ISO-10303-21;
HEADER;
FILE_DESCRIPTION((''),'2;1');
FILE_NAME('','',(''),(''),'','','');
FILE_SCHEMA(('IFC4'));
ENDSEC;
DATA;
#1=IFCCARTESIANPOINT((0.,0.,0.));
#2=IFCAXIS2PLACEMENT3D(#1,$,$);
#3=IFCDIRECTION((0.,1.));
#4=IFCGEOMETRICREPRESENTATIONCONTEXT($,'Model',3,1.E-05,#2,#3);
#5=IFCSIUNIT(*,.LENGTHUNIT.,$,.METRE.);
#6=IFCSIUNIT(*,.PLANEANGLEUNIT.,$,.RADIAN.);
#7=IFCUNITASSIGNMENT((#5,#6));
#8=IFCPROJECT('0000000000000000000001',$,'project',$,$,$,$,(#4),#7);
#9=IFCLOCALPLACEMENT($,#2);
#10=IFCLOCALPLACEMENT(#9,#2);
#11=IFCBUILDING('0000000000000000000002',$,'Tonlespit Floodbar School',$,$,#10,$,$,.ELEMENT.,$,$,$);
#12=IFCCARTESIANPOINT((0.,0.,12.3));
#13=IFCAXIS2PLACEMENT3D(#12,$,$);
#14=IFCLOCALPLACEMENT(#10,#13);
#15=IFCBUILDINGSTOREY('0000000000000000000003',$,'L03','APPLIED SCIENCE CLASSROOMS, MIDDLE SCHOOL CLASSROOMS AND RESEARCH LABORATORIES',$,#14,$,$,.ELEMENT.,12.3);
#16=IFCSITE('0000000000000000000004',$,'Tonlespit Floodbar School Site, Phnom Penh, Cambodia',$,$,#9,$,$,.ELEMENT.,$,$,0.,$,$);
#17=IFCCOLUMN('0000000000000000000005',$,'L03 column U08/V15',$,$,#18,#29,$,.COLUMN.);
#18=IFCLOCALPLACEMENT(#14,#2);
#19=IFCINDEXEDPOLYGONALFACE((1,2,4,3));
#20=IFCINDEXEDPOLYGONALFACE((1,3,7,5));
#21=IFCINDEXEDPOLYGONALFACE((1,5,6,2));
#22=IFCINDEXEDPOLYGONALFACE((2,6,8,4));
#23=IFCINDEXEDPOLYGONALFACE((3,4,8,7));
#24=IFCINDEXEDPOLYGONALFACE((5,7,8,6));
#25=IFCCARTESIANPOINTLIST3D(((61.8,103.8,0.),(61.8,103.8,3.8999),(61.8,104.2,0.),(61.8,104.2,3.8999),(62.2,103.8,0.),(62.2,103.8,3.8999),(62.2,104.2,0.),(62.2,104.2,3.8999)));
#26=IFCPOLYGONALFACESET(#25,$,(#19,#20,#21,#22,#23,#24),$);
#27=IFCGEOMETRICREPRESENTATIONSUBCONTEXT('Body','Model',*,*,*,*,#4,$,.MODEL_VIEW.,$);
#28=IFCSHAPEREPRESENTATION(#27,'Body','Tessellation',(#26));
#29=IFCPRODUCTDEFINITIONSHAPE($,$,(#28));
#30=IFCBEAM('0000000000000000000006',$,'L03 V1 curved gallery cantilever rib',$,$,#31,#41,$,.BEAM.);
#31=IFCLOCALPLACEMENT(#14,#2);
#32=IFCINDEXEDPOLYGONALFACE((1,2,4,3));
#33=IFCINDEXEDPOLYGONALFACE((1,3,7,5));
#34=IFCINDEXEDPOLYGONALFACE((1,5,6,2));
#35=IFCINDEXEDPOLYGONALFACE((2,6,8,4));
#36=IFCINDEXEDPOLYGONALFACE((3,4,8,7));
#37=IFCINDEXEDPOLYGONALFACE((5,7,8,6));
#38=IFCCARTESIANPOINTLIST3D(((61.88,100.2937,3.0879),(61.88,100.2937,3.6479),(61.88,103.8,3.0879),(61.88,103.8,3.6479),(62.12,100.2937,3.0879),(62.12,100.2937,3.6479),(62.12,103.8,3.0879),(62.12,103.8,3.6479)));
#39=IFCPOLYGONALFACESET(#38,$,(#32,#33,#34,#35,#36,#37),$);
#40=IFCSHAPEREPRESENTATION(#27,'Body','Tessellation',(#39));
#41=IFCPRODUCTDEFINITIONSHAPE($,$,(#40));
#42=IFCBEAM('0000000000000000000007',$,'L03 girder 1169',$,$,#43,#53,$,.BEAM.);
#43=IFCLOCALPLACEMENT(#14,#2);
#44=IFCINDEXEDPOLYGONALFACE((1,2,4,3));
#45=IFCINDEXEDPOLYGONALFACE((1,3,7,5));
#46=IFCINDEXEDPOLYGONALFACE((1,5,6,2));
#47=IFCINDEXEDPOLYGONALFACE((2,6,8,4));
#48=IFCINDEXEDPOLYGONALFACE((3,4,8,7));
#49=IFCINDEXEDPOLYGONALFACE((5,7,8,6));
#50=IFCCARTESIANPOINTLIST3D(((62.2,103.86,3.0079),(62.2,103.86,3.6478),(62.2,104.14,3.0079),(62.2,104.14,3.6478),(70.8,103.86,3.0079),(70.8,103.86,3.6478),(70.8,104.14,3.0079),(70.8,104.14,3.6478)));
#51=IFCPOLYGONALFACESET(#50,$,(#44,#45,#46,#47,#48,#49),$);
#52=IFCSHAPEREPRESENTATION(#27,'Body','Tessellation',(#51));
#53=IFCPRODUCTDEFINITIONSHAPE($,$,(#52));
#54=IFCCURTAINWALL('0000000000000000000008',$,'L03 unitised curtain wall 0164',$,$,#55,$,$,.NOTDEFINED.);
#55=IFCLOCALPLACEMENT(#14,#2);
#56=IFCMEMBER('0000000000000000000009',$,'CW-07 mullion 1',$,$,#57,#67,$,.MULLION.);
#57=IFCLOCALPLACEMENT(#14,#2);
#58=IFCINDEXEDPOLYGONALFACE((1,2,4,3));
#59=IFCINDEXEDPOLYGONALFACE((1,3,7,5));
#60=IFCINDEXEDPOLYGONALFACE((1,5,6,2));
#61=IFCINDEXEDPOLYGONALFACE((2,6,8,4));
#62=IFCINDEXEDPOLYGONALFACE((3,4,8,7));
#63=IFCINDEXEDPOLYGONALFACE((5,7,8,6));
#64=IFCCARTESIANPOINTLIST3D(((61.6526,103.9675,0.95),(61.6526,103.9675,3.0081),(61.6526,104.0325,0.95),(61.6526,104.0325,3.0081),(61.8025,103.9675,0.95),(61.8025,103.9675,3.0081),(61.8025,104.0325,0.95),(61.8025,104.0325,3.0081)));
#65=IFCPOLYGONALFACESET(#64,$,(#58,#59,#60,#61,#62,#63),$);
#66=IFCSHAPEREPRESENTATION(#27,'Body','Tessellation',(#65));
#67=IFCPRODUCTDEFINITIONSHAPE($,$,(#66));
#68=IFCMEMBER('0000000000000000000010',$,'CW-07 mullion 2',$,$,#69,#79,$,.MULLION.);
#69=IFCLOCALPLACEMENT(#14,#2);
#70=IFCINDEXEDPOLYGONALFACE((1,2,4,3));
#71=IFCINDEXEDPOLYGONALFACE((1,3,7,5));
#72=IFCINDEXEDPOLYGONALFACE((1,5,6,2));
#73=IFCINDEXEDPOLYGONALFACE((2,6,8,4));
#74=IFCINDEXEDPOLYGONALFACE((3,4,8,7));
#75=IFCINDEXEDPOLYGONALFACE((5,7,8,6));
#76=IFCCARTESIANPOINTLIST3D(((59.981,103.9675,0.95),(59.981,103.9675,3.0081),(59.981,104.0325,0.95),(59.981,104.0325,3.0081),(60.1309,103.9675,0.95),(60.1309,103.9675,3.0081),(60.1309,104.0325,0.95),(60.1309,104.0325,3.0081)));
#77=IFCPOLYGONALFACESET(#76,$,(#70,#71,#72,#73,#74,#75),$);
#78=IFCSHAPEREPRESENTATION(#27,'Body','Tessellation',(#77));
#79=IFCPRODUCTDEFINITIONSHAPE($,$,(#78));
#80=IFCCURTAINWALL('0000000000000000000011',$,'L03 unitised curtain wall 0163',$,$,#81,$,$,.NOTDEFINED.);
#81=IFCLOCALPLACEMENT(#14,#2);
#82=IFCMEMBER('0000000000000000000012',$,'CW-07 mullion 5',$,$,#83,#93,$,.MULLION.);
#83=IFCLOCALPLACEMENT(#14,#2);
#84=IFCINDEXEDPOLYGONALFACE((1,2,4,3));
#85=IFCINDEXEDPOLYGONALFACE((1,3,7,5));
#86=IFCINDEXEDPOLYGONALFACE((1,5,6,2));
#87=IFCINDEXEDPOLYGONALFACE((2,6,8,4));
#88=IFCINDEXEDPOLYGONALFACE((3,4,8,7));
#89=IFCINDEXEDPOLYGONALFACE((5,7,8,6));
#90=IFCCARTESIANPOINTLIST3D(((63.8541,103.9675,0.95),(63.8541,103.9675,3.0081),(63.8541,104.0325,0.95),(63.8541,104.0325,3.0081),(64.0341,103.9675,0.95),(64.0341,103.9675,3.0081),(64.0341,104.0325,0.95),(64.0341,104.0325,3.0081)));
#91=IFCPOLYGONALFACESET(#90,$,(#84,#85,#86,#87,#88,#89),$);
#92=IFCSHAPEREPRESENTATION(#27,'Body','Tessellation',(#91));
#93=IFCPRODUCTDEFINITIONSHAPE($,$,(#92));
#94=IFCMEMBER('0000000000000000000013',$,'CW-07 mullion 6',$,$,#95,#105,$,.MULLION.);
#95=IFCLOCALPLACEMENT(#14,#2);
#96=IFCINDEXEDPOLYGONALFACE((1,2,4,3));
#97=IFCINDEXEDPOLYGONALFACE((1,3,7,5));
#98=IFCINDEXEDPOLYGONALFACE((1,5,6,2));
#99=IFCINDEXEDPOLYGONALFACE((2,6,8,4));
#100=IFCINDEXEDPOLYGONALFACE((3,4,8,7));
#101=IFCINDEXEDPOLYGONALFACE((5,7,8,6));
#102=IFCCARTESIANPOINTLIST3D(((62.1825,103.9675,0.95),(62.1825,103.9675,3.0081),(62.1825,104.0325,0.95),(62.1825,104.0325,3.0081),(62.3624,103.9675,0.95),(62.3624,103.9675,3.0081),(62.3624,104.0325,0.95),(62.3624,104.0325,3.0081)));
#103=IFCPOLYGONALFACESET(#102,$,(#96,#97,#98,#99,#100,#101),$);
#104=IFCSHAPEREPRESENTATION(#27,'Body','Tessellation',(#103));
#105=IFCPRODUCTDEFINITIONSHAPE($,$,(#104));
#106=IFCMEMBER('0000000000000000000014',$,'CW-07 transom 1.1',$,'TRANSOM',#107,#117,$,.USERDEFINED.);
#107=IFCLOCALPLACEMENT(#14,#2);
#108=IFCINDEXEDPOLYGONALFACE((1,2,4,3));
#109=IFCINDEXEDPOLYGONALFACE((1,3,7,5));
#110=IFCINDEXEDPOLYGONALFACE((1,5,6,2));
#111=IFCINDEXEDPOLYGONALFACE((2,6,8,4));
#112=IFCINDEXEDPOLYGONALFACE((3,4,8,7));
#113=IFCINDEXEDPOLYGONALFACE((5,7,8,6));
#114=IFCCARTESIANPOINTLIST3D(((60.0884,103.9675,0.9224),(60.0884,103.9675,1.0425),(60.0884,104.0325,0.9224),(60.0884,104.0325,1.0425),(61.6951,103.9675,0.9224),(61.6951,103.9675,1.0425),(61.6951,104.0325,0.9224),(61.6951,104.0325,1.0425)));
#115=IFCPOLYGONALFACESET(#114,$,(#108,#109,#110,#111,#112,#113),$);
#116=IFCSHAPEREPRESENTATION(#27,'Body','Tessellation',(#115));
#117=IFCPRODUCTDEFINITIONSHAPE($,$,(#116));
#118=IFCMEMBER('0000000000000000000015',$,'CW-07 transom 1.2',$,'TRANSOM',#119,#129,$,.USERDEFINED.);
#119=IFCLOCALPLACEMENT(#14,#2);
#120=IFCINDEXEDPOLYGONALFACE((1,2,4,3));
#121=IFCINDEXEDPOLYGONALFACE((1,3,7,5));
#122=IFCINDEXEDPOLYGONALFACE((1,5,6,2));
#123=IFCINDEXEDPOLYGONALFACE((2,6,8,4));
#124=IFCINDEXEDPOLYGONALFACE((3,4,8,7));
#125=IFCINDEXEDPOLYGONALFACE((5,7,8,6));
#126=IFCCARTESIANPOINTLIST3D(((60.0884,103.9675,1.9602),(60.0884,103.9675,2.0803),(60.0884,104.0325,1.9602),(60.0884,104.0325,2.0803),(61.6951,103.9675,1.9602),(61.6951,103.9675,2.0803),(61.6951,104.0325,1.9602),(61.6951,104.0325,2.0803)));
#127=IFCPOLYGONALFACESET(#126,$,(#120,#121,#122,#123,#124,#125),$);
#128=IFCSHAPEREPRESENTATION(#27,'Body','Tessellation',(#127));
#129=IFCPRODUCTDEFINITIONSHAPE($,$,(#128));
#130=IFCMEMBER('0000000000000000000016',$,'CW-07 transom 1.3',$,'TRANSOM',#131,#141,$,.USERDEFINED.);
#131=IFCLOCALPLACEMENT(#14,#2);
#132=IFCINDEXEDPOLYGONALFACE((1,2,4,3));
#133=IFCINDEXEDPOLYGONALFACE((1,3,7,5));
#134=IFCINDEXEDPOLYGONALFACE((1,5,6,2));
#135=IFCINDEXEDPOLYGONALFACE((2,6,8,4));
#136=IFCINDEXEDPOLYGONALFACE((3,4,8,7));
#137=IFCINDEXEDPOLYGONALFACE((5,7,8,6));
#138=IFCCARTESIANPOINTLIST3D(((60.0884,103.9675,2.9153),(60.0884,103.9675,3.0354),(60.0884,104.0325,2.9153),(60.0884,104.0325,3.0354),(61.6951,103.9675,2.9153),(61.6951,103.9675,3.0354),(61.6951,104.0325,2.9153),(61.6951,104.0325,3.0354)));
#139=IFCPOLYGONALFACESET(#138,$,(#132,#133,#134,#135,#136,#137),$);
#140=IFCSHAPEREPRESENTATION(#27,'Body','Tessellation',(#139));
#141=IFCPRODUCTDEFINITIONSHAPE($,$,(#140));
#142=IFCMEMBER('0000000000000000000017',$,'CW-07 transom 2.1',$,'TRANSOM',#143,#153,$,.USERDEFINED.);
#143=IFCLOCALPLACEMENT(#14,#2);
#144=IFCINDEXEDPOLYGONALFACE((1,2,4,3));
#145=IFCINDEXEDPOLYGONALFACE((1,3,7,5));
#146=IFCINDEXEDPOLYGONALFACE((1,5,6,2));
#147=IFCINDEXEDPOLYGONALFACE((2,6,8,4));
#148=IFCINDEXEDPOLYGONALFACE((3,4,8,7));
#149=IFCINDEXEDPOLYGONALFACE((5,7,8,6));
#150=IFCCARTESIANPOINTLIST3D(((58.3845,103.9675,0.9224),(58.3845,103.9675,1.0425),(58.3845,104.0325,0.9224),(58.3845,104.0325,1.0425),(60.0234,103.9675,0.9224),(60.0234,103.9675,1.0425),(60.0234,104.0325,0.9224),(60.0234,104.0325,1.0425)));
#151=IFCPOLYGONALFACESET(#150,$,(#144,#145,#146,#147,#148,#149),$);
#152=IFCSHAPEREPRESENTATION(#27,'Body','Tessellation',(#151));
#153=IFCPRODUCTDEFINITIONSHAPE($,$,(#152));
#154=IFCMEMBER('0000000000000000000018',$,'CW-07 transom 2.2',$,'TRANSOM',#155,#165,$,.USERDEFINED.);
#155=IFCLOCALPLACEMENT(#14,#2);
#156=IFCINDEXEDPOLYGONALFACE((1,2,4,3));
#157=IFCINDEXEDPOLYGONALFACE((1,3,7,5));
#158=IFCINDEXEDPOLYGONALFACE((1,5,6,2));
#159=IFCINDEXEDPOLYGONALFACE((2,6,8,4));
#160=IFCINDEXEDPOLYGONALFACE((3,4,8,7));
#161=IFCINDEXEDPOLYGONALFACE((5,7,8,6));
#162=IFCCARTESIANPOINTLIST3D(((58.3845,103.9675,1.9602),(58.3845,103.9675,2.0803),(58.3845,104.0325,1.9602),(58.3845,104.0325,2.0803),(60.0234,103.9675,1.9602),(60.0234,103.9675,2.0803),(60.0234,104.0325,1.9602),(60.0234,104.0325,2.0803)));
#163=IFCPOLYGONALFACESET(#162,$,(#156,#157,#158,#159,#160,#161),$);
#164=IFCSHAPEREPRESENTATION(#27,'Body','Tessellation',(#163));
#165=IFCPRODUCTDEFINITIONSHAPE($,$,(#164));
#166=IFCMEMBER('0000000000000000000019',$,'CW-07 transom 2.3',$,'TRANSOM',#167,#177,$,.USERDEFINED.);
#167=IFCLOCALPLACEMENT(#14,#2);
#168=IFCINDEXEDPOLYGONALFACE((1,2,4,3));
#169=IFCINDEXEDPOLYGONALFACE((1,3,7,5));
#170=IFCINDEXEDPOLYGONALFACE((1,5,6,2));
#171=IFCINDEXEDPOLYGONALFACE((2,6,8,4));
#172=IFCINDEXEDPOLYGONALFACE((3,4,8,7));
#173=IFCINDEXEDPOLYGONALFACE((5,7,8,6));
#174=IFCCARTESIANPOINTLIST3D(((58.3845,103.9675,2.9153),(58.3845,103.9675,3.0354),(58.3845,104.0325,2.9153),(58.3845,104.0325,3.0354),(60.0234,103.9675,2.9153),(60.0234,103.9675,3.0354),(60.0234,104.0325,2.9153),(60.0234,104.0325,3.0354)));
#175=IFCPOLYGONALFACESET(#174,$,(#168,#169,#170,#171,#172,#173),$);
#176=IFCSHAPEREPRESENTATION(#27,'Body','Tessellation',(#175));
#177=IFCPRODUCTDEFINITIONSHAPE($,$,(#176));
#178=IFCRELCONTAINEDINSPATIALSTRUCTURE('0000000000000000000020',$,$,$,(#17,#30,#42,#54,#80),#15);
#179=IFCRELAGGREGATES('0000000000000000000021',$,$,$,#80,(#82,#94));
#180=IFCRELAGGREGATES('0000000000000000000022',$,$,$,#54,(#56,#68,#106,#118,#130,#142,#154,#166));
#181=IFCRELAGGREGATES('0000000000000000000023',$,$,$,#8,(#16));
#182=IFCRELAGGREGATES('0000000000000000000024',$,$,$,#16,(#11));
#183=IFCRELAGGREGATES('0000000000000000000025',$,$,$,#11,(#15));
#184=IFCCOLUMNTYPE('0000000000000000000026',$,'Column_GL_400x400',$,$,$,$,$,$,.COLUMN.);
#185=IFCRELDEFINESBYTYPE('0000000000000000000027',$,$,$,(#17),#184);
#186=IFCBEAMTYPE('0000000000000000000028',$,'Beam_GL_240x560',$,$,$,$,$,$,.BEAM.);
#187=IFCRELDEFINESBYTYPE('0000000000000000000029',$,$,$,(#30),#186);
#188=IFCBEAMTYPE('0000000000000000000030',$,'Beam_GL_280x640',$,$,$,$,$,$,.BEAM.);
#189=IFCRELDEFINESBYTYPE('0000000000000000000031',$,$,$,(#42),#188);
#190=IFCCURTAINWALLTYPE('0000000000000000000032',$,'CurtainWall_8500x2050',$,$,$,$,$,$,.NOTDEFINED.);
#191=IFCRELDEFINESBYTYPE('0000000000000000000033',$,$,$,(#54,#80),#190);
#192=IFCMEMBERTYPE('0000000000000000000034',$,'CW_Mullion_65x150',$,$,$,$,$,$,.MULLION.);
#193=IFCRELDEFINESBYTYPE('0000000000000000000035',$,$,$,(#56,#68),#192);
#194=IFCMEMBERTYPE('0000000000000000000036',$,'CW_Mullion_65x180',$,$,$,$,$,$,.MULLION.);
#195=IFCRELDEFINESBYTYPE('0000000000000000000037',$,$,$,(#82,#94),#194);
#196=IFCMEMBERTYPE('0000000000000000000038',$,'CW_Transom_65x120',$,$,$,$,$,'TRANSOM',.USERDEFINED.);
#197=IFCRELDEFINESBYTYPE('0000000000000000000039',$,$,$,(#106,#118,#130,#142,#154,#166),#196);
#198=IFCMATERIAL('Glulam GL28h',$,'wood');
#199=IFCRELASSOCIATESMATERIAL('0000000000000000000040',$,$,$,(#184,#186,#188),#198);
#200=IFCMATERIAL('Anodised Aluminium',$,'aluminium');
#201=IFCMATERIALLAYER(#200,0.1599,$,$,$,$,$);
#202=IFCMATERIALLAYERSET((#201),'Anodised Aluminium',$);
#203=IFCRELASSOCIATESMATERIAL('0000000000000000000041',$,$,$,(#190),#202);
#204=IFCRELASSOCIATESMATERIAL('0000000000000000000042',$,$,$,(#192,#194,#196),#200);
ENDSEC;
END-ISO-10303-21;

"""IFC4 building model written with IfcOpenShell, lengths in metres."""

from ifc_helpers import new_model, si_unit, direction, frame, origin, origin_2d, place, context, subcontext, project, spatial, rectangle, extrude, material, layer, layer_set, material_profile, profile_set, type_object, element, aggregate, save


model = new_model("IFC4")

# Units and contexts
model_context = context("Model", 3, precision=1e-05, world=origin(), true_north=direction((0.0, 1.0)))
body_context = subcontext(model_context, "Body", "Model", "MODEL_VIEW")
ifc_project = project(units=[si_unit("LENGTHUNIT", "METRE"), si_unit("PLANEANGLEUNIT", "RADIAN")], contexts=[model_context])

# Site, building, storey
site_placement = place(None, origin())
site = spatial("IfcSite", under=ifc_project, at=site_placement, Name="Tonlespit Floodbar School Site, Phnom Penh, Cambodia", CompositionType="ELEMENT", RefElevation=0.0)
building_placement = place(site_placement, origin())
building = spatial("IfcBuilding", under=site, at=building_placement, Name="Tonlespit Floodbar School", CompositionType="ELEMENT")
storey_placement = place(building_placement, frame((0.0, 0.0, 12.3)))
storey = spatial("IfcBuildingStorey", under=building, at=storey_placement, Name="L03", Description="APPLIED SCIENCE CLASSROOMS, MIDDLE SCHOOL CLASSROOMS AND RESEARCH LABORATORIES", CompositionType="ELEMENT", Elevation=12.3)

# Column
ifc_material_1 = material(Name="Glulam GL28h", Category="wood")
ifc_material_profile_1 = material_profile(ifc_material_1, rectangle(XDim=0.3999, YDim=0.3999, at=origin_2d()), Name="GL 400x400")
ifc_profile_set_1 = profile_set([ifc_material_profile_1], Name="Glulam GL28h")
column_type = type_object("IfcColumnType", Name="Column_GL_400x400", PredefinedType="COLUMN", material=ifc_profile_set_1)
column_placement = place(storey_placement, frame((62.0, 104.0, 0.0), z_axis=(0.0, 0.0, 1.0), x_axis=(1.0, 0.0, 0.0)))
element("IfcColumn", 1, at=column_placement, inside=storey, type_object=column_type, Name="L03 column U08/V15", PredefinedType="COLUMN", context=body_context, shape_type="SweptSolid", body=[
    extrude(rectangle(XDim=0.3999, YDim=0.3999, at=origin_2d()), origin(), (0.0, 0.0, 1.0), 3.8999),
])

# Beams
ifc_material_profile_2 = material_profile(ifc_material_1, rectangle(XDim=0.24, YDim=0.5601, at=origin_2d()), Name="GL 240x560")
ifc_profile_set_2 = profile_set([ifc_material_profile_2], Name="Glulam GL28h")
beam_type_1 = type_object("IfcBeamType", Name="Beam_GL_240x560", PredefinedType="BEAM", material=ifc_profile_set_2)
beam_1_placement = place(storey_placement, frame((62.0, 103.8, 3.3679), z_axis=(0.0, -1.0, 0.0), x_axis=(1.0, 0.0, 0.0)))
element("IfcBeam", 2, at=beam_1_placement, inside=storey, type_object=beam_type_1, Name="L03 V1 curved gallery cantilever rib", PredefinedType="BEAM", context=body_context, shape_type="SweptSolid", body=[
    extrude(rectangle(XDim=0.24, YDim=0.5601, at=origin_2d()), origin(), (0.0, 0.0, 1.0), 3.5063),
])
ifc_material_profile_3 = material_profile(ifc_material_1, rectangle(XDim=0.28, YDim=0.6399, at=origin_2d()), Name="GL 280x640")
ifc_profile_set_3 = profile_set([ifc_material_profile_3], Name="Glulam GL28h")
beam_type_2 = type_object("IfcBeamType", Name="Beam_GL_280x640", PredefinedType="BEAM", material=ifc_profile_set_3)
beam_2_placement = place(storey_placement, frame((62.2, 104.0, 3.3279), z_axis=(1.0, 0.0, 0.0), x_axis=(0.0, 1.0, 0.0)))
element("IfcBeam", 3, at=beam_2_placement, inside=storey, type_object=beam_type_2, Name="L03 girder 1169", PredefinedType="BEAM", context=body_context, shape_type="SweptSolid", body=[
    extrude(rectangle(XDim=0.28, YDim=0.6399, at=origin_2d()), origin(), (0.0, 0.0, 1.0), 8.6001),
])

# Curtain walls, members
ifc_material_2 = material(Name="Anodised Aluminium", Category="aluminium")
ifc_layer_1 = layer(ifc_material_2, 0.1599)
ifc_layer_set_1 = layer_set([ifc_layer_1], Name="Anodised Aluminium")
curtain_wall_type = type_object("IfcCurtainWallType", Name="CurtainWall_8500x2050", PredefinedType="NOTDEFINED", material=ifc_layer_set_1)
curtain_wall_1_placement = place(storey_placement, origin())
curtain_wall_1 = element("IfcCurtainWall", 4, at=curtain_wall_1_placement, inside=storey, type_object=curtain_wall_type, Name="L03 unitised curtain wall 0164", PredefinedType="NOTDEFINED")
ifc_material_profile_4 = material_profile(ifc_material_2, rectangle(XDim=0.0649, YDim=0.1499, at=origin_2d()), Name="ALU M65x150")
ifc_profile_set_4 = profile_set([ifc_material_profile_4], Name="Anodised Aluminium")
member_type_1 = type_object("IfcMemberType", Name="CW_Mullion_65x150", PredefinedType="MULLION", material=ifc_profile_set_4)
member_1_placement = place(storey_placement, frame((61.7275, 104.0, 0.95), z_axis=(0.0, 0.0, 1.0), x_axis=(0.0, -1.0, 0.0)))
member_1 = element("IfcMember", 5, at=member_1_placement, type_object=member_type_1, Name="CW-07 mullion 1", PredefinedType="MULLION", context=body_context, shape_type="SweptSolid", body=[
    extrude(rectangle(XDim=0.0649, YDim=0.1499, at=origin_2d()), origin(), (0.0, 0.0, 1.0), 2.0581),
])
member_2_placement = place(storey_placement, frame((60.0559, 104.0, 0.95), z_axis=(0.0, 0.0, 1.0), x_axis=(0.0, -1.0, 0.0)))
member_2 = element("IfcMember", 6, at=member_2_placement, type_object=member_type_1, Name="CW-07 mullion 2", PredefinedType="MULLION", context=body_context, shape_type="SweptSolid", body=[
    extrude(rectangle(XDim=0.0649, YDim=0.1499, at=origin_2d()), origin(), (0.0, 0.0, 1.0), 2.0581),
])
curtain_wall_2_placement = place(storey_placement, origin())
curtain_wall_2 = element("IfcCurtainWall", 7, at=curtain_wall_2_placement, inside=storey, type_object=curtain_wall_type, Name="L03 unitised curtain wall 0163", PredefinedType="NOTDEFINED")
ifc_material_profile_5 = material_profile(ifc_material_2, rectangle(XDim=0.0649, YDim=0.1799, at=origin_2d()), Name="ALU M65x180")
ifc_profile_set_5 = profile_set([ifc_material_profile_5], Name="Anodised Aluminium")
member_type_2 = type_object("IfcMemberType", Name="CW_Mullion_65x180", PredefinedType="MULLION", material=ifc_profile_set_5)
member_3_placement = place(storey_placement, frame((63.9441, 104.0, 0.95), z_axis=(0.0, 0.0, 1.0), x_axis=(0.0, -1.0, 0.0)))
member_3 = element("IfcMember", 8, at=member_3_placement, type_object=member_type_2, Name="CW-07 mullion 5", PredefinedType="MULLION", context=body_context, shape_type="SweptSolid", body=[
    extrude(rectangle(XDim=0.0649, YDim=0.1799, at=origin_2d()), origin(), (0.0, 0.0, 1.0), 2.0581),
])
member_4_placement = place(storey_placement, frame((62.2725, 104.0, 0.95), z_axis=(0.0, 0.0, 1.0), x_axis=(0.0, -1.0, 0.0)))
member_4 = element("IfcMember", 9, at=member_4_placement, type_object=member_type_2, Name="CW-07 mullion 6", PredefinedType="MULLION", context=body_context, shape_type="SweptSolid", body=[
    extrude(rectangle(XDim=0.0649, YDim=0.1799, at=origin_2d()), origin(), (0.0, 0.0, 1.0), 2.0581),
])

# Members
ifc_material_profile_6 = material_profile(ifc_material_2, rectangle(XDim=0.0649, YDim=0.1201, at=origin_2d()), Name="ALU T65x120")
ifc_profile_set_6 = profile_set([ifc_material_profile_6], Name="Anodised Aluminium")
member_type_3 = type_object("IfcMemberType", Name="CW_Transom_65x120", ElementType="TRANSOM", PredefinedType="USERDEFINED", material=ifc_profile_set_6)
member_5_placement = place(storey_placement, frame((61.6951, 104.0, 0.9824), z_axis=(-1.0, 0.0, 0.0), x_axis=(0.0, -1.0, 0.0)))
member_5 = element("IfcMember", 10, at=member_5_placement, type_object=member_type_3, Name="CW-07 transom 1.1", ObjectType="TRANSOM", PredefinedType="USERDEFINED", context=body_context, shape_type="SweptSolid", body=[
    extrude(rectangle(XDim=0.0649, YDim=0.1201, at=origin_2d()), origin(), (0.0, 0.0, 1.0), 1.6067),
])
member_6_placement = place(storey_placement, frame((61.6951, 104.0, 2.0203), z_axis=(-1.0, 0.0, 0.0), x_axis=(0.0, -1.0, 0.0)))
member_6 = element("IfcMember", 11, at=member_6_placement, type_object=member_type_3, Name="CW-07 transom 1.2", ObjectType="TRANSOM", PredefinedType="USERDEFINED", context=body_context, shape_type="SweptSolid", body=[
    extrude(rectangle(XDim=0.0649, YDim=0.1201, at=origin_2d()), origin(), (0.0, 0.0, 1.0), 1.6067),
])
member_7_placement = place(storey_placement, frame((61.6951, 104.0, 2.9753), z_axis=(-1.0, 0.0, 0.0), x_axis=(0.0, -1.0, 0.0)))
member_7 = element("IfcMember", 12, at=member_7_placement, type_object=member_type_3, Name="CW-07 transom 1.3", ObjectType="TRANSOM", PredefinedType="USERDEFINED", context=body_context, shape_type="SweptSolid", body=[
    extrude(rectangle(XDim=0.0649, YDim=0.1201, at=origin_2d()), origin(), (0.0, 0.0, 1.0), 1.6067),
])
member_8_placement = place(storey_placement, frame((60.0234, 104.0, 0.9824), z_axis=(-1.0, 0.0, 0.0), x_axis=(0.0, -1.0, 0.0)))
member_8 = element("IfcMember", 13, at=member_8_placement, type_object=member_type_3, Name="CW-07 transom 2.1", ObjectType="TRANSOM", PredefinedType="USERDEFINED", context=body_context, shape_type="SweptSolid", body=[
    extrude(rectangle(XDim=0.0649, YDim=0.1201, at=origin_2d()), origin(), (0.0, 0.0, 1.0), 1.6389),
])
member_9_placement = place(storey_placement, frame((60.0234, 104.0, 2.0203), z_axis=(-1.0, 0.0, 0.0), x_axis=(0.0, -1.0, 0.0)))
member_9 = element("IfcMember", 14, at=member_9_placement, type_object=member_type_3, Name="CW-07 transom 2.2", ObjectType="TRANSOM", PredefinedType="USERDEFINED", context=body_context, shape_type="SweptSolid", body=[
    extrude(rectangle(XDim=0.0649, YDim=0.1201, at=origin_2d()), origin(), (0.0, 0.0, 1.0), 1.6389),
])
member_10_placement = place(storey_placement, frame((60.0234, 104.0, 2.9753), z_axis=(-1.0, 0.0, 0.0), x_axis=(0.0, -1.0, 0.0)))
member_10 = element("IfcMember", 15, at=member_10_placement, type_object=member_type_3, Name="CW-07 transom 2.3", ObjectType="TRANSOM", PredefinedType="USERDEFINED", context=body_context, shape_type="SweptSolid", body=[
    extrude(rectangle(XDim=0.0649, YDim=0.1201, at=origin_2d()), origin(), (0.0, 0.0, 1.0), 1.6389),
])

aggregate(curtain_wall_2, [member_3, member_4])
aggregate(curtain_wall_1, [member_1, member_2, member_5, member_6, member_7, member_8, member_9, member_10])

save(model, "model.ifc")
